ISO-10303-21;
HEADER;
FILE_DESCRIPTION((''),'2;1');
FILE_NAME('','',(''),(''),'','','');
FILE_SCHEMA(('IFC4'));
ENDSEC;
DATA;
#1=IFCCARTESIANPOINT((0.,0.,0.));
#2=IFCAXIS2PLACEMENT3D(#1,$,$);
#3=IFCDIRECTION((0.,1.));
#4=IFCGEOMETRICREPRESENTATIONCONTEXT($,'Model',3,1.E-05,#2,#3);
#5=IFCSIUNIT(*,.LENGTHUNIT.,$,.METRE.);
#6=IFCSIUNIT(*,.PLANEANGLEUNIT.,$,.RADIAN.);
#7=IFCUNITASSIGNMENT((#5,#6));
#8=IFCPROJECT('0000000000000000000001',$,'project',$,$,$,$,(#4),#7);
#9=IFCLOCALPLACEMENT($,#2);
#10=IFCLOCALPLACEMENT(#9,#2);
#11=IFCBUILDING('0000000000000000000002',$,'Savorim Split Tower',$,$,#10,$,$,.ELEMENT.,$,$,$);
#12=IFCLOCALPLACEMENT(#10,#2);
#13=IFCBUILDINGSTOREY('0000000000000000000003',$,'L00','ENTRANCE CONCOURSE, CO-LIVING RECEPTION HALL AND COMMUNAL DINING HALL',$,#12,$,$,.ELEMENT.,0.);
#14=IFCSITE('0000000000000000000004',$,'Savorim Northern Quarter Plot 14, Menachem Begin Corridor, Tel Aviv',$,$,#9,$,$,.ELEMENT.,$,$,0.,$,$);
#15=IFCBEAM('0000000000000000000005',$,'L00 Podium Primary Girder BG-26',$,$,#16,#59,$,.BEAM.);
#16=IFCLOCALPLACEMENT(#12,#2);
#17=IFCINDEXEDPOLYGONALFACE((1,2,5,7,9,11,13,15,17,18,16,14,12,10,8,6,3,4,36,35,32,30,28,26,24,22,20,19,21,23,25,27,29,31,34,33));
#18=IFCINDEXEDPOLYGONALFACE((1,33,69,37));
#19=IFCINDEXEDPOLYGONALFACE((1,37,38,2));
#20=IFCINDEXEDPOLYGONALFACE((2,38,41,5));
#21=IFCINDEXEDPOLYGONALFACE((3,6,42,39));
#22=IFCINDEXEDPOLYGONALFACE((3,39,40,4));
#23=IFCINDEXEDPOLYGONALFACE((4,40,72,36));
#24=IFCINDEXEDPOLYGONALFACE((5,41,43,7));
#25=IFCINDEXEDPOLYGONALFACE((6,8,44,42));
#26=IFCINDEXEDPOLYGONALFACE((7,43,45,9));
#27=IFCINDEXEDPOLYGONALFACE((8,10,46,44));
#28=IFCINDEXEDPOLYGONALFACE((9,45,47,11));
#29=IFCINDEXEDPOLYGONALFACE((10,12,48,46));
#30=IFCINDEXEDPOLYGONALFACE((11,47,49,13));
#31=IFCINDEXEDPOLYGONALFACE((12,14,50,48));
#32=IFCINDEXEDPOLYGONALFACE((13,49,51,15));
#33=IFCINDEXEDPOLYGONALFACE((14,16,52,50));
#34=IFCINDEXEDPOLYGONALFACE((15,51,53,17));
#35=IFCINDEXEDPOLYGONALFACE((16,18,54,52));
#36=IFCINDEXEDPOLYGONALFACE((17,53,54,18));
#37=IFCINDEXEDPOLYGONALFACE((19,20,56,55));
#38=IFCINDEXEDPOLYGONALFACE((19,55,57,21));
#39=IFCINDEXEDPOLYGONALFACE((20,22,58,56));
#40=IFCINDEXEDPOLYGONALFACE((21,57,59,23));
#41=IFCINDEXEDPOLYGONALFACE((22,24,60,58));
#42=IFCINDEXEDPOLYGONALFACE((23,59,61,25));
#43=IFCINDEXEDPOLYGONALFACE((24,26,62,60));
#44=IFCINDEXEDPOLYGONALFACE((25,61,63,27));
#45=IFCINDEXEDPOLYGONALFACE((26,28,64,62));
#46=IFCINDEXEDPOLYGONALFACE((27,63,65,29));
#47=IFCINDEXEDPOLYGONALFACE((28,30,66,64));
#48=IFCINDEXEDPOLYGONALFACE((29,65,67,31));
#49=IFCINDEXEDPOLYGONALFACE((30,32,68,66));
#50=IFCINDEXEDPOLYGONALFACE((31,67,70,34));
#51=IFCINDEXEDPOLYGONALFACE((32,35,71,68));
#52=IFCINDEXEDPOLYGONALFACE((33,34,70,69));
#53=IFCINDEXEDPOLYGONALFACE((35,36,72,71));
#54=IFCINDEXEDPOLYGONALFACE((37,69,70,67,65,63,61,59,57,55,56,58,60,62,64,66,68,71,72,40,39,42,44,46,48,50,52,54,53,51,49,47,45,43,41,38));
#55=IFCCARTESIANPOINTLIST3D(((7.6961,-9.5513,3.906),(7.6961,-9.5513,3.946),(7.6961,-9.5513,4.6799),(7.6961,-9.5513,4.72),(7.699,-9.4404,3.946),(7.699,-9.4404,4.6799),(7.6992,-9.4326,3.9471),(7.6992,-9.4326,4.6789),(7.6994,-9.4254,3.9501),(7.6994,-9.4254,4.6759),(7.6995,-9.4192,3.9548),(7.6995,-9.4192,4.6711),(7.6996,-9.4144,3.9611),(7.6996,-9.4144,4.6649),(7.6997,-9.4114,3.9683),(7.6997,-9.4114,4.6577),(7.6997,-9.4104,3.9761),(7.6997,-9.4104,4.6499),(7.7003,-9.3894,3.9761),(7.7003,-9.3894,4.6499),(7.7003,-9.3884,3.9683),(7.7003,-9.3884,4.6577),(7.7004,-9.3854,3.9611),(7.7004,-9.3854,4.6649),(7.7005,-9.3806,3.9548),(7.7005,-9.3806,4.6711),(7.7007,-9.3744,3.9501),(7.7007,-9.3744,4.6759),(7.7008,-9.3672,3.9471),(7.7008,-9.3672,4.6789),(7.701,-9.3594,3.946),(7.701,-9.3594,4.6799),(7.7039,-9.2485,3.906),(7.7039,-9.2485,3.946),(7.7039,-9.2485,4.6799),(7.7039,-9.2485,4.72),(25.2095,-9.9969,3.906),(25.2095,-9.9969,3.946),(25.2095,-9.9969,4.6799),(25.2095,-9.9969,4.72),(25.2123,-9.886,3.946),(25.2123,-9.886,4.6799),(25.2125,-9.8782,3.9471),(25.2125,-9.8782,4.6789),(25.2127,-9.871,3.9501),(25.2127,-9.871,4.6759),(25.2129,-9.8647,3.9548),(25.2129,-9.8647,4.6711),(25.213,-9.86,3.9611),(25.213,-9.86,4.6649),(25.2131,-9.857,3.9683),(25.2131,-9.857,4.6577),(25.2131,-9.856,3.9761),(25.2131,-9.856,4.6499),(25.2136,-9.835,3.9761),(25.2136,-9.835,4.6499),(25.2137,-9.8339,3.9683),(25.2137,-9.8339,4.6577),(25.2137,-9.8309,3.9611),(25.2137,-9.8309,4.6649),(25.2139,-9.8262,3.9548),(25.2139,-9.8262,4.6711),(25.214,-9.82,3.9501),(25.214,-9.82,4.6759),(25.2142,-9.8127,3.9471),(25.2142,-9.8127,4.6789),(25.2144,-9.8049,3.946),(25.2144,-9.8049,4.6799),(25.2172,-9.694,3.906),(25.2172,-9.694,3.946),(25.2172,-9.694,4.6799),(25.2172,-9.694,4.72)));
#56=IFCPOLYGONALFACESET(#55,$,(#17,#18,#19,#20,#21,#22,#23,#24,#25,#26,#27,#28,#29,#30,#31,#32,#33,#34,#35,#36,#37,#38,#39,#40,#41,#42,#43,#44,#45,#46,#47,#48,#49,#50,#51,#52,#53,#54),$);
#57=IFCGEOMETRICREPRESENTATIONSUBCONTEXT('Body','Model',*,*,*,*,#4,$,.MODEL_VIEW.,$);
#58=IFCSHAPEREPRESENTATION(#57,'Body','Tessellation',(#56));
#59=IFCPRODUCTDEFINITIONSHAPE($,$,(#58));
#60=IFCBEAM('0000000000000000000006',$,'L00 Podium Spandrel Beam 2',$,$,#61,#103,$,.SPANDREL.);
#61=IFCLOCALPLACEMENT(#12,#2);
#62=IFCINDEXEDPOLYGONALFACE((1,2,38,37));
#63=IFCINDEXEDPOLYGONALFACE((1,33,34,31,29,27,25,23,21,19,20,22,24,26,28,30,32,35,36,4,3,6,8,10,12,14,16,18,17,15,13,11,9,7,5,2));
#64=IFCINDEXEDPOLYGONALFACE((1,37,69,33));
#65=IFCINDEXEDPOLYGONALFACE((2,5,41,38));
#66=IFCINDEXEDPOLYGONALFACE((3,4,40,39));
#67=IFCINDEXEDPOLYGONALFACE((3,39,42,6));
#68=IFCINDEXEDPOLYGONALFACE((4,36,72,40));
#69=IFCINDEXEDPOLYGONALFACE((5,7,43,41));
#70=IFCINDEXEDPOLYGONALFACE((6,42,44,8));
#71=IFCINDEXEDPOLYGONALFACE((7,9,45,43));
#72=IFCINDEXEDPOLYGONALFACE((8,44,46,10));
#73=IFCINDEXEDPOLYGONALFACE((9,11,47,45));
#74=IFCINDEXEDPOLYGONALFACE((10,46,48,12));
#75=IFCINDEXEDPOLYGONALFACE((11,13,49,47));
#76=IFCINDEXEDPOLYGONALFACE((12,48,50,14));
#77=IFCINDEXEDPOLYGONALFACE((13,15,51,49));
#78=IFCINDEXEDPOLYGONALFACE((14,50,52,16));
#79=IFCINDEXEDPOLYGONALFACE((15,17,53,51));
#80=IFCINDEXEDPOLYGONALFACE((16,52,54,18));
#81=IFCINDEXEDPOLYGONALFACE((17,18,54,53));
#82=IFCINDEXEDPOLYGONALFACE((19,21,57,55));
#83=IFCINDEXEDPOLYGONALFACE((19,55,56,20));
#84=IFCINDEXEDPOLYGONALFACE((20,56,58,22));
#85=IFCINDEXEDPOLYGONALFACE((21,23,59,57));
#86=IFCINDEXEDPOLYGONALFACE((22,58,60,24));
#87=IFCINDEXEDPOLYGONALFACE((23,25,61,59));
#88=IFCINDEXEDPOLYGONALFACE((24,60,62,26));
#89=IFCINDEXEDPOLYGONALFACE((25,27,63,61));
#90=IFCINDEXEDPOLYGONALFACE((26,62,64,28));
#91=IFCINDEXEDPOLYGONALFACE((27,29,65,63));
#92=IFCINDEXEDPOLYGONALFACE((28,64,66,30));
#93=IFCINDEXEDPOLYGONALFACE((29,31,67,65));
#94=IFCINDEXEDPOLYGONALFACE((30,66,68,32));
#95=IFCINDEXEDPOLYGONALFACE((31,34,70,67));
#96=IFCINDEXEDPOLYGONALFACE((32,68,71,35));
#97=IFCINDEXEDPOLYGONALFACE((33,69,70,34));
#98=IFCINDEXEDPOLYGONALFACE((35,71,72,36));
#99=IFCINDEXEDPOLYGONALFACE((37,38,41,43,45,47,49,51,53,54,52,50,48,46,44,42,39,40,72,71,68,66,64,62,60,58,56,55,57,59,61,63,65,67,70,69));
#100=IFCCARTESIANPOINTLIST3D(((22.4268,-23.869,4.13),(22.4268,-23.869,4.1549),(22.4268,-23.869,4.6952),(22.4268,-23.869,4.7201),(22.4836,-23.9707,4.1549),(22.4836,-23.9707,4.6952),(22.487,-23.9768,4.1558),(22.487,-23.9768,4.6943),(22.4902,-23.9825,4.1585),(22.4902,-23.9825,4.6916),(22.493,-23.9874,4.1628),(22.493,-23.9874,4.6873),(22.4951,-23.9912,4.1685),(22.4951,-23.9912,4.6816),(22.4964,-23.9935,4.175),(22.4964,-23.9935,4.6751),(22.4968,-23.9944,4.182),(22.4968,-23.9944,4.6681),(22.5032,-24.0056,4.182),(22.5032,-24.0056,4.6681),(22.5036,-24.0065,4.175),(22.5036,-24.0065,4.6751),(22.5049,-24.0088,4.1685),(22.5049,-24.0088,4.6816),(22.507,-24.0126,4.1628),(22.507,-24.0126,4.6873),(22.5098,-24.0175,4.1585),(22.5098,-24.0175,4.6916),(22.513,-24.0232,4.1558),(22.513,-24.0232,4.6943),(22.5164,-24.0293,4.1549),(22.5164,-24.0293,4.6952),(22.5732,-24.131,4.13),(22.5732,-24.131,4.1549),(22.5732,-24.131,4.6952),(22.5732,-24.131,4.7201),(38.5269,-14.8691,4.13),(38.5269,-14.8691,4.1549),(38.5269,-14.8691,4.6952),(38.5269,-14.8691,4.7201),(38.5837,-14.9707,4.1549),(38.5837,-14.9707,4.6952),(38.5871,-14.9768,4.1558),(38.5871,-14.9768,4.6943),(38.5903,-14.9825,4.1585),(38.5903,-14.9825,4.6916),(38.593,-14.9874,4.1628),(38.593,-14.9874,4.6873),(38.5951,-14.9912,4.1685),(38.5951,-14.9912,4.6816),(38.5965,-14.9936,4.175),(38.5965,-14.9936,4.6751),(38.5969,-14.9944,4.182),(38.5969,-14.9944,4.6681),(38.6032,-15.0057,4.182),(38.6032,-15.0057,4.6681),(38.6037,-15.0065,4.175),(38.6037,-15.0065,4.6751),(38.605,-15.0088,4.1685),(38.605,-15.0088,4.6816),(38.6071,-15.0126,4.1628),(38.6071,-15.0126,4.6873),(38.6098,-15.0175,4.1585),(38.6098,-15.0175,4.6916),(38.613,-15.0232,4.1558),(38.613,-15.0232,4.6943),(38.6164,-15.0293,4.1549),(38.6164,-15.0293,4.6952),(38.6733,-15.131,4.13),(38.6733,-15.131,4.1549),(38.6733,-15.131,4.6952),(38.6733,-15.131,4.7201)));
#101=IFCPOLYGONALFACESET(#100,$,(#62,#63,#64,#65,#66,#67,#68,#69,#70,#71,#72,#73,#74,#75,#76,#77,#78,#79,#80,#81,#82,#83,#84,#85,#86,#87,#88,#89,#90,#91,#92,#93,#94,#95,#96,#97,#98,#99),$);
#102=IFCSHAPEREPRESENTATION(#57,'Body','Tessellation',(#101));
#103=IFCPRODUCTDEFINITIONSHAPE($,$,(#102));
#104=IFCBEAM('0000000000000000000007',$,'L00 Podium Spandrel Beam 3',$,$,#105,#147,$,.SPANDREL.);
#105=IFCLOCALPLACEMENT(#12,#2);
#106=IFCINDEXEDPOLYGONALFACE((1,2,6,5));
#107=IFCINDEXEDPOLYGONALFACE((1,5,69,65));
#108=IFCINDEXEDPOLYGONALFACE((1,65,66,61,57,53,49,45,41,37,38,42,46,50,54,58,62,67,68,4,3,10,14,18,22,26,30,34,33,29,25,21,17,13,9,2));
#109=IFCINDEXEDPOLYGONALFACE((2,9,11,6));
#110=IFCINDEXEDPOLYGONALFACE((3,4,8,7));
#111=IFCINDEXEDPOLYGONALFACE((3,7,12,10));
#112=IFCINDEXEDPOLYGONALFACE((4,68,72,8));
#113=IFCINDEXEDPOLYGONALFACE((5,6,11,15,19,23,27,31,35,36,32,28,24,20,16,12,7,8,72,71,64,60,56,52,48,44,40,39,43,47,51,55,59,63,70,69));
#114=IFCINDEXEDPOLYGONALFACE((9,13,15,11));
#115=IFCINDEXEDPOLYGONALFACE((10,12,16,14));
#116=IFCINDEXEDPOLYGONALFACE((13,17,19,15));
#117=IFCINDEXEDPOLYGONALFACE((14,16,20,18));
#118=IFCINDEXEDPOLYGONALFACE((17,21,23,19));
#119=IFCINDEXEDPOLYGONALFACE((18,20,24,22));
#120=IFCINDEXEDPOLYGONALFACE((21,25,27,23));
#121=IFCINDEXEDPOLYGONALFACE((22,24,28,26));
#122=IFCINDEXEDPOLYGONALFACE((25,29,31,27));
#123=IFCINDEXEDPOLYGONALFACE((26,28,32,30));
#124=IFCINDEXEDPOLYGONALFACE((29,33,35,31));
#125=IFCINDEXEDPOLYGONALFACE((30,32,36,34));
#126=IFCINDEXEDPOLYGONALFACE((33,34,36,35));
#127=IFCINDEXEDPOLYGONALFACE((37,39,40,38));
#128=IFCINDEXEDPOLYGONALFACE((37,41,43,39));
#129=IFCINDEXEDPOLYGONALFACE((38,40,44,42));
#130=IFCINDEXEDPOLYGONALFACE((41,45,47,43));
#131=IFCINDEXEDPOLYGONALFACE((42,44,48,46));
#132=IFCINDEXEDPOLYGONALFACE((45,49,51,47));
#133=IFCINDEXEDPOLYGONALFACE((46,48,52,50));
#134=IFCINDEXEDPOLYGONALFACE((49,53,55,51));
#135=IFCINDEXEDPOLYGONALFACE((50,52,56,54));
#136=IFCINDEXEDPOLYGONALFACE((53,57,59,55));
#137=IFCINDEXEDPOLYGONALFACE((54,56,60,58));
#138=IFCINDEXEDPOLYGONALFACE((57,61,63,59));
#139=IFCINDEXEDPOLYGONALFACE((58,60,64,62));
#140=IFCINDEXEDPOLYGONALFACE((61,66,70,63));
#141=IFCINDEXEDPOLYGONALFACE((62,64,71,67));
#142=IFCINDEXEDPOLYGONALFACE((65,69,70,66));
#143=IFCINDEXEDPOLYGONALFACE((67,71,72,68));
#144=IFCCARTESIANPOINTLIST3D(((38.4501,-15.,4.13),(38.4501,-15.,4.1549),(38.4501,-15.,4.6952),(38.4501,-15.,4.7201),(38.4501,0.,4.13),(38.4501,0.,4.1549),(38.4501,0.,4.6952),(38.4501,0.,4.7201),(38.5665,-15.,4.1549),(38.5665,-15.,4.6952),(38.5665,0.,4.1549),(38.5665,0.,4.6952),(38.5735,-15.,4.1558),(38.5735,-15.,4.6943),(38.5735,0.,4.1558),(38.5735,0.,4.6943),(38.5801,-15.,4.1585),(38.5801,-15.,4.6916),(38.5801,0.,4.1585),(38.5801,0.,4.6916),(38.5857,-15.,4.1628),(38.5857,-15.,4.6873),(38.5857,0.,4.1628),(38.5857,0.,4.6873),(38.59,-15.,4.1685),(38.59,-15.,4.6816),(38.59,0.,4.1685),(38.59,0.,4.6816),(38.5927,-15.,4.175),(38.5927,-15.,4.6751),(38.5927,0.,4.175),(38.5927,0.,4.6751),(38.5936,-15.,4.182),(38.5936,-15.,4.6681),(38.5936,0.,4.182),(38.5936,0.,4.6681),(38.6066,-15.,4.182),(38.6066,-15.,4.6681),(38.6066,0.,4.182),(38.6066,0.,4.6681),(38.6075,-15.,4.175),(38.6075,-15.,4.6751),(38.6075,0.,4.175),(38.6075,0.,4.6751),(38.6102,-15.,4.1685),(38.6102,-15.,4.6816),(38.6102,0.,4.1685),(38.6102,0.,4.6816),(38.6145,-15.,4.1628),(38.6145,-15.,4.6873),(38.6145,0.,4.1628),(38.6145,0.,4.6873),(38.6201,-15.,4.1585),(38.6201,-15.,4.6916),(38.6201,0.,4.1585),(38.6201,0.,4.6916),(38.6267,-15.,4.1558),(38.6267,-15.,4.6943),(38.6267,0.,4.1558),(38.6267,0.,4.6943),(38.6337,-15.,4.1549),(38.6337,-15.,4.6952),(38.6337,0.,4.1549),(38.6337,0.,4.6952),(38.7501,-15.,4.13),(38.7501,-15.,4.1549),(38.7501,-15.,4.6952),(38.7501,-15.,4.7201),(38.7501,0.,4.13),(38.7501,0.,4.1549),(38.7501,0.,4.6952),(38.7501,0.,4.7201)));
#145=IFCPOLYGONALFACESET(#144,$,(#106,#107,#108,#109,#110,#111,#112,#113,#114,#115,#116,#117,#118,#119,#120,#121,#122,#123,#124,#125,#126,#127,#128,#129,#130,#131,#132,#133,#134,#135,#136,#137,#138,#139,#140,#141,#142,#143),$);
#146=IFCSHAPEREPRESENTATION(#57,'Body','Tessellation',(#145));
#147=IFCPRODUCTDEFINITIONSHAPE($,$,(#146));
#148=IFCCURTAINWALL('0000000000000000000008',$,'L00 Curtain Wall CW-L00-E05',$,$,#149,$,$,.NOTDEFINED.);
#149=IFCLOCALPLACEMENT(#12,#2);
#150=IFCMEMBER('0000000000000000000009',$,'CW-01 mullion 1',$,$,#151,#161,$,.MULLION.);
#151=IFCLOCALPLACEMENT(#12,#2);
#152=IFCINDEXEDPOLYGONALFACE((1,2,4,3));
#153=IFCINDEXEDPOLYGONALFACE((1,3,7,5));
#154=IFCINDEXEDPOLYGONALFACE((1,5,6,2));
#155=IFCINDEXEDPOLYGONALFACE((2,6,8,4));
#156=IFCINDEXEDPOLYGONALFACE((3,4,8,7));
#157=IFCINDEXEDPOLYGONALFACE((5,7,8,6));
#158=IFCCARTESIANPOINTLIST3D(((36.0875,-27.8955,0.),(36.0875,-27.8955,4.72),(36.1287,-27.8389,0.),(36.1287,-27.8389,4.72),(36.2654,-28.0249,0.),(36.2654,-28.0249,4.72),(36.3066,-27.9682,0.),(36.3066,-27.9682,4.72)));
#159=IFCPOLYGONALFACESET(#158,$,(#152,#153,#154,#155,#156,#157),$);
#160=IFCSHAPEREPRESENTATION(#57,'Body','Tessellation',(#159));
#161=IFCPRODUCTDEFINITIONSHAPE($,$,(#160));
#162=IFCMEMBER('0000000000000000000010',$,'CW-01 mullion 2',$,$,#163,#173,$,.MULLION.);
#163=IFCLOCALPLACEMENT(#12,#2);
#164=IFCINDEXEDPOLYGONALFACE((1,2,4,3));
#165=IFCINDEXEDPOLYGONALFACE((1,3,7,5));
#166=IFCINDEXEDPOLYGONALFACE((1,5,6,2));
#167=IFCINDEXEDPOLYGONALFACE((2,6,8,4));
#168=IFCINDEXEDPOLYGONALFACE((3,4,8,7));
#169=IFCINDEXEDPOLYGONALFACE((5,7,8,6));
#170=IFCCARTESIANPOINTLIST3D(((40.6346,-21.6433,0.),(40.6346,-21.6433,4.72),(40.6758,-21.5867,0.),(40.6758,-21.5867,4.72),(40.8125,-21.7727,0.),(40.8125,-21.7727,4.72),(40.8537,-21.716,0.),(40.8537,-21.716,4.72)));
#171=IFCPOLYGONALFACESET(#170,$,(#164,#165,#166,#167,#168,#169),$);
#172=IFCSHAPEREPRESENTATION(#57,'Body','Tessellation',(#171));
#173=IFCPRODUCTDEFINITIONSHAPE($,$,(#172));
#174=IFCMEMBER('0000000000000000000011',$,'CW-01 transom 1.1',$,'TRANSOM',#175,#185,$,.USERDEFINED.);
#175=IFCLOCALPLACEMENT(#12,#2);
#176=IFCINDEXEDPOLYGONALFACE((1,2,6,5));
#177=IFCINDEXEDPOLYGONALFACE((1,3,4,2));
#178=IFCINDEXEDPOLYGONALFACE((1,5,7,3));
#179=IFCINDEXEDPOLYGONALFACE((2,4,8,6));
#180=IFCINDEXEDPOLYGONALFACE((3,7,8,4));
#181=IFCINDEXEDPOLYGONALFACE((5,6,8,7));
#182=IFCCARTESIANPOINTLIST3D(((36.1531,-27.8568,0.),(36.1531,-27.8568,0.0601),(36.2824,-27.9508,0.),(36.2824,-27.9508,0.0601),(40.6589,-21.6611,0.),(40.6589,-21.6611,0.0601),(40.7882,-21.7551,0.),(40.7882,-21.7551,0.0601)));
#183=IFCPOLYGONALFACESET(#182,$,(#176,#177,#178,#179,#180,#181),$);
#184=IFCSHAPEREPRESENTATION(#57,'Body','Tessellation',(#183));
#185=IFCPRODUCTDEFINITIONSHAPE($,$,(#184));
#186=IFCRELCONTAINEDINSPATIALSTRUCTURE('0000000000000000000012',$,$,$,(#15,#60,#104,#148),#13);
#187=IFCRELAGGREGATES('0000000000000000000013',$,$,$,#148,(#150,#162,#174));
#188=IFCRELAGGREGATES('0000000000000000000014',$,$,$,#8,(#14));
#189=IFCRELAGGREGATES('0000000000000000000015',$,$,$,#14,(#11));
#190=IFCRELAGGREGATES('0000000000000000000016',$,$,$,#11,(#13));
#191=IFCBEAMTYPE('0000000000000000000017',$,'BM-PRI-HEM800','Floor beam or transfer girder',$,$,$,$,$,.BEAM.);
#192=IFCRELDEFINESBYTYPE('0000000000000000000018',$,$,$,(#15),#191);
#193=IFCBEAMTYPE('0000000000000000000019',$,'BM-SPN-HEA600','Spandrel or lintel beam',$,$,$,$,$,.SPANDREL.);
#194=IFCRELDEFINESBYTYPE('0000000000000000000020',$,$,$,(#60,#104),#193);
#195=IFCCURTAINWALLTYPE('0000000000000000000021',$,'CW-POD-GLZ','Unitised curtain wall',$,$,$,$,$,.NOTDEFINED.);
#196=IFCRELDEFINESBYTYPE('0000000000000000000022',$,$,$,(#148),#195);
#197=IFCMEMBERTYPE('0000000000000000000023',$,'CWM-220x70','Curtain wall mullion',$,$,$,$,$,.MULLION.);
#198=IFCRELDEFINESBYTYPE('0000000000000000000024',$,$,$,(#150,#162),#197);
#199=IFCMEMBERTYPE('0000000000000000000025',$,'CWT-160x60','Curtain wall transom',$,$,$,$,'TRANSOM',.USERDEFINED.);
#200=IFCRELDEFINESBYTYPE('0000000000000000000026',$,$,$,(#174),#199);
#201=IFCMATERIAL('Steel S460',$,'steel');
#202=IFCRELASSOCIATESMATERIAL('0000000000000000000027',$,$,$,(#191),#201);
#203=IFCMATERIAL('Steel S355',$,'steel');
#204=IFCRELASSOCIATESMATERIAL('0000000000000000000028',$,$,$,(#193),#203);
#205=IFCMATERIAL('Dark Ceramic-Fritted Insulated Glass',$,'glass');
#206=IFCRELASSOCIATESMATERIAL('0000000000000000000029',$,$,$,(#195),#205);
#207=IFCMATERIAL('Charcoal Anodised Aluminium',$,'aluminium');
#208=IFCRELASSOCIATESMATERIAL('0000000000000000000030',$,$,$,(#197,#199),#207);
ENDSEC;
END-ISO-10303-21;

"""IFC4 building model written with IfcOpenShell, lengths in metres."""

from ifc_helpers import new_model, si_unit, direction, frame, origin, origin_2d, place, context, subcontext, project, spatial, rectangle, i_section, extrude, material, material_profile, profile_set, type_object, element, aggregate, save


model = new_model("IFC4")

# Units and contexts
model_context = context("Model", 3, precision=1e-05, world=origin(), true_north=direction((0.0, 1.0)))
body_context = subcontext(model_context, "Body", "Model", "MODEL_VIEW")
ifc_project = project(units=[si_unit("LENGTHUNIT", "METRE"), si_unit("PLANEANGLEUNIT", "RADIAN")], contexts=[model_context])

# Site, building, storey
site_placement = place(None, origin())
site = spatial("IfcSite", under=ifc_project, at=site_placement, Name="Savorim Northern Quarter Plot 14, Menachem Begin Corridor, Tel Aviv", CompositionType="ELEMENT", RefElevation=0.0)
building_placement = place(site_placement, origin())
building = spatial("IfcBuilding", under=site, at=building_placement, Name="Savorim Split Tower", CompositionType="ELEMENT")
storey_placement = place(building_placement, origin())
storey = spatial("IfcBuildingStorey", under=building, at=storey_placement, Name="L00", Description="ENTRANCE CONCOURSE, CO-LIVING RECEPTION HALL AND COMMUNAL DINING HALL", CompositionType="ELEMENT", Elevation=0.0)

# Beams
ifc_material_1 = material(Name="Steel S460", Category="steel")
ifc_material_profile_1 = material_profile(ifc_material_1, i_section(OverallWidth=0.303, OverallDepth=0.814, WebThickness=0.021, FlangeThickness=0.04, FilletRadius=0.03, at=origin_2d()), Name="HE 800 M")
ifc_profile_set_1 = profile_set([ifc_material_profile_1], Name="Steel S460")
beam_type_1 = type_object("IfcBeamType", Name="BM-PRI-HEM800", Description="Floor beam or transfer girder", PredefinedType="BEAM", material=ifc_profile_set_1)
beam_1_placement = place(storey_placement, frame((25.2134, -9.8455, 4.313), z_axis=(-0.999677, 0.025433, 0.0), x_axis=(-0.025433, -0.999677, 0.0)))
element("IfcBeam", 1, at=beam_1_placement, inside=storey, type_object=beam_type_1, Name="L00 Podium Primary Girder BG-26", PredefinedType="BEAM", context=body_context, shape_type="SweptSolid", body=[
    extrude(i_section(OverallWidth=0.303, OverallDepth=0.814, WebThickness=0.021, FlangeThickness=0.04, FilletRadius=0.03, at=origin_2d()), origin(), (0.0, 0.0, 1.0), 17.519),
])
ifc_material_2 = material(Name="Steel S355", Category="steel")
ifc_material_profile_2 = material_profile(ifc_material_2, i_section(OverallWidth=0.3, OverallDepth=0.5901, WebThickness=0.0129, FlangeThickness=0.0249, FilletRadius=0.0271, at=origin_2d()), Name="HEA 600")
ifc_profile_set_2 = profile_set([ifc_material_profile_2], Name="Steel S355")
beam_type_2 = type_object("IfcBeamType", Name="BM-SPN-HEA600", Description="Spandrel or lintel beam", PredefinedType="SPANDREL", material=ifc_profile_set_2)
beam_2_placement = place(storey_placement, frame((22.5, -24.0, 4.425), z_axis=(0.872877, 0.487941, 0.0), x_axis=(-0.487941, 0.872877, 0.0)))
element("IfcBeam", 2, at=beam_2_placement, inside=storey, type_object=beam_type_2, Name="L00 Podium Spandrel Beam 2", PredefinedType="SPANDREL", context=body_context, shape_type="SweptSolid", body=[
    extrude(i_section(OverallWidth=0.3, OverallDepth=0.5901, WebThickness=0.0129, FlangeThickness=0.0249, FilletRadius=0.0271, at=origin_2d()), origin(), (0.0, 0.0, 1.0), 18.4448),
])
beam_3_placement = place(storey_placement, frame((38.6001, -15.0, 4.425), z_axis=(0.0, 1.0, 0.0), x_axis=(-1.0, 0.0, 0.0)))
element("IfcBeam", 3, at=beam_3_placement, inside=storey, type_object=beam_type_2, Name="L00 Podium Spandrel Beam 3", PredefinedType="SPANDREL", context=body_context, shape_type="SweptSolid", body=[
    extrude(i_section(OverallWidth=0.3, OverallDepth=0.5901, WebThickness=0.0129, FlangeThickness=0.0249, FilletRadius=0.0271, at=origin_2d()), origin(), (0.0, 0.0, 1.0), 15.0),
])

# Curtain wall, members
ifc_material_3 = material(Name="Dark Ceramic-Fritted Insulated Glass", Category="glass")
curtain_wall_type = type_object("IfcCurtainWallType", Name="CW-POD-GLZ", Description="Unitised curtain wall", PredefinedType="NOTDEFINED", material=ifc_material_3)
curtain_wall_placement = place(storey_placement, origin())
curtain_wall = element("IfcCurtainWall", 4, at=curtain_wall_placement, inside=storey, type_object=curtain_wall_type, Name="L00 Curtain Wall CW-L00-E05", PredefinedType="NOTDEFINED")
ifc_material_4 = material(Name="Charcoal Anodised Aluminium", Category="aluminium")
ifc_material_profile_3 = material_profile(ifc_material_4, rectangle(XDim=0.22, YDim=0.0701, at=origin_2d()), Name="ALU-M 220x70")
ifc_profile_set_3 = profile_set([ifc_material_profile_3], Name="Charcoal Anodised Aluminium")
member_type_1 = type_object("IfcMemberType", Name="CWM-220x70", Description="Curtain wall mullion", PredefinedType="MULLION", material=ifc_profile_set_3)
member_1_placement = place(storey_placement, frame((36.197, -27.9319, 0.0), z_axis=(0.0, 0.0, 1.0), x_axis=(-0.808737, 0.58817, 0.0)))
member_1 = element("IfcMember", 5, at=member_1_placement, type_object=member_type_1, Name="CW-01 mullion 1", PredefinedType="MULLION", context=body_context, shape_type="SweptSolid", body=[
    extrude(rectangle(XDim=0.22, YDim=0.0701, at=origin_2d()), origin(), (0.0, 0.0, 1.0), 4.72),
])
member_2_placement = place(storey_placement, frame((40.7441, -21.6797, 0.0), z_axis=(0.0, 0.0, 1.0), x_axis=(-0.808737, 0.58817, 0.0)))
member_2 = element("IfcMember", 6, at=member_2_placement, type_object=member_type_1, Name="CW-01 mullion 2", PredefinedType="MULLION", context=body_context, shape_type="SweptSolid", body=[
    extrude(rectangle(XDim=0.22, YDim=0.0701, at=origin_2d()), origin(), (0.0, 0.0, 1.0), 4.72),
])
ifc_material_profile_4 = material_profile(ifc_material_4, rectangle(XDim=0.1599, YDim=0.0601, at=origin_2d()), Name="ALU-T 160x60")
ifc_profile_set_4 = profile_set([ifc_material_profile_4], Name="Charcoal Anodised Aluminium")
member_type_2 = type_object("IfcMemberType", Name="CWT-160x60", Description="Curtain wall transom", ElementType="TRANSOM", PredefinedType="USERDEFINED", material=ifc_profile_set_4)
member_3_placement = place(storey_placement, frame((36.2178, -27.9038, 0.03), z_axis=(0.588157, 0.808747, 0.0), x_axis=(-0.808747, 0.588157, 0.0)))
member_3 = element("IfcMember", 7, at=member_3_placement, type_object=member_type_2, Name="CW-01 transom 1.1", ObjectType="TRANSOM", PredefinedType="USERDEFINED", context=body_context, shape_type="SweptSolid", body=[
    extrude(rectangle(XDim=0.1599, YDim=0.0601, at=origin_2d()), origin(), (0.0, 0.0, 1.0), 7.6609),
])
aggregate(curtain_wall, [member_1, member_2, member_3])

save(model, "model.ifc")
